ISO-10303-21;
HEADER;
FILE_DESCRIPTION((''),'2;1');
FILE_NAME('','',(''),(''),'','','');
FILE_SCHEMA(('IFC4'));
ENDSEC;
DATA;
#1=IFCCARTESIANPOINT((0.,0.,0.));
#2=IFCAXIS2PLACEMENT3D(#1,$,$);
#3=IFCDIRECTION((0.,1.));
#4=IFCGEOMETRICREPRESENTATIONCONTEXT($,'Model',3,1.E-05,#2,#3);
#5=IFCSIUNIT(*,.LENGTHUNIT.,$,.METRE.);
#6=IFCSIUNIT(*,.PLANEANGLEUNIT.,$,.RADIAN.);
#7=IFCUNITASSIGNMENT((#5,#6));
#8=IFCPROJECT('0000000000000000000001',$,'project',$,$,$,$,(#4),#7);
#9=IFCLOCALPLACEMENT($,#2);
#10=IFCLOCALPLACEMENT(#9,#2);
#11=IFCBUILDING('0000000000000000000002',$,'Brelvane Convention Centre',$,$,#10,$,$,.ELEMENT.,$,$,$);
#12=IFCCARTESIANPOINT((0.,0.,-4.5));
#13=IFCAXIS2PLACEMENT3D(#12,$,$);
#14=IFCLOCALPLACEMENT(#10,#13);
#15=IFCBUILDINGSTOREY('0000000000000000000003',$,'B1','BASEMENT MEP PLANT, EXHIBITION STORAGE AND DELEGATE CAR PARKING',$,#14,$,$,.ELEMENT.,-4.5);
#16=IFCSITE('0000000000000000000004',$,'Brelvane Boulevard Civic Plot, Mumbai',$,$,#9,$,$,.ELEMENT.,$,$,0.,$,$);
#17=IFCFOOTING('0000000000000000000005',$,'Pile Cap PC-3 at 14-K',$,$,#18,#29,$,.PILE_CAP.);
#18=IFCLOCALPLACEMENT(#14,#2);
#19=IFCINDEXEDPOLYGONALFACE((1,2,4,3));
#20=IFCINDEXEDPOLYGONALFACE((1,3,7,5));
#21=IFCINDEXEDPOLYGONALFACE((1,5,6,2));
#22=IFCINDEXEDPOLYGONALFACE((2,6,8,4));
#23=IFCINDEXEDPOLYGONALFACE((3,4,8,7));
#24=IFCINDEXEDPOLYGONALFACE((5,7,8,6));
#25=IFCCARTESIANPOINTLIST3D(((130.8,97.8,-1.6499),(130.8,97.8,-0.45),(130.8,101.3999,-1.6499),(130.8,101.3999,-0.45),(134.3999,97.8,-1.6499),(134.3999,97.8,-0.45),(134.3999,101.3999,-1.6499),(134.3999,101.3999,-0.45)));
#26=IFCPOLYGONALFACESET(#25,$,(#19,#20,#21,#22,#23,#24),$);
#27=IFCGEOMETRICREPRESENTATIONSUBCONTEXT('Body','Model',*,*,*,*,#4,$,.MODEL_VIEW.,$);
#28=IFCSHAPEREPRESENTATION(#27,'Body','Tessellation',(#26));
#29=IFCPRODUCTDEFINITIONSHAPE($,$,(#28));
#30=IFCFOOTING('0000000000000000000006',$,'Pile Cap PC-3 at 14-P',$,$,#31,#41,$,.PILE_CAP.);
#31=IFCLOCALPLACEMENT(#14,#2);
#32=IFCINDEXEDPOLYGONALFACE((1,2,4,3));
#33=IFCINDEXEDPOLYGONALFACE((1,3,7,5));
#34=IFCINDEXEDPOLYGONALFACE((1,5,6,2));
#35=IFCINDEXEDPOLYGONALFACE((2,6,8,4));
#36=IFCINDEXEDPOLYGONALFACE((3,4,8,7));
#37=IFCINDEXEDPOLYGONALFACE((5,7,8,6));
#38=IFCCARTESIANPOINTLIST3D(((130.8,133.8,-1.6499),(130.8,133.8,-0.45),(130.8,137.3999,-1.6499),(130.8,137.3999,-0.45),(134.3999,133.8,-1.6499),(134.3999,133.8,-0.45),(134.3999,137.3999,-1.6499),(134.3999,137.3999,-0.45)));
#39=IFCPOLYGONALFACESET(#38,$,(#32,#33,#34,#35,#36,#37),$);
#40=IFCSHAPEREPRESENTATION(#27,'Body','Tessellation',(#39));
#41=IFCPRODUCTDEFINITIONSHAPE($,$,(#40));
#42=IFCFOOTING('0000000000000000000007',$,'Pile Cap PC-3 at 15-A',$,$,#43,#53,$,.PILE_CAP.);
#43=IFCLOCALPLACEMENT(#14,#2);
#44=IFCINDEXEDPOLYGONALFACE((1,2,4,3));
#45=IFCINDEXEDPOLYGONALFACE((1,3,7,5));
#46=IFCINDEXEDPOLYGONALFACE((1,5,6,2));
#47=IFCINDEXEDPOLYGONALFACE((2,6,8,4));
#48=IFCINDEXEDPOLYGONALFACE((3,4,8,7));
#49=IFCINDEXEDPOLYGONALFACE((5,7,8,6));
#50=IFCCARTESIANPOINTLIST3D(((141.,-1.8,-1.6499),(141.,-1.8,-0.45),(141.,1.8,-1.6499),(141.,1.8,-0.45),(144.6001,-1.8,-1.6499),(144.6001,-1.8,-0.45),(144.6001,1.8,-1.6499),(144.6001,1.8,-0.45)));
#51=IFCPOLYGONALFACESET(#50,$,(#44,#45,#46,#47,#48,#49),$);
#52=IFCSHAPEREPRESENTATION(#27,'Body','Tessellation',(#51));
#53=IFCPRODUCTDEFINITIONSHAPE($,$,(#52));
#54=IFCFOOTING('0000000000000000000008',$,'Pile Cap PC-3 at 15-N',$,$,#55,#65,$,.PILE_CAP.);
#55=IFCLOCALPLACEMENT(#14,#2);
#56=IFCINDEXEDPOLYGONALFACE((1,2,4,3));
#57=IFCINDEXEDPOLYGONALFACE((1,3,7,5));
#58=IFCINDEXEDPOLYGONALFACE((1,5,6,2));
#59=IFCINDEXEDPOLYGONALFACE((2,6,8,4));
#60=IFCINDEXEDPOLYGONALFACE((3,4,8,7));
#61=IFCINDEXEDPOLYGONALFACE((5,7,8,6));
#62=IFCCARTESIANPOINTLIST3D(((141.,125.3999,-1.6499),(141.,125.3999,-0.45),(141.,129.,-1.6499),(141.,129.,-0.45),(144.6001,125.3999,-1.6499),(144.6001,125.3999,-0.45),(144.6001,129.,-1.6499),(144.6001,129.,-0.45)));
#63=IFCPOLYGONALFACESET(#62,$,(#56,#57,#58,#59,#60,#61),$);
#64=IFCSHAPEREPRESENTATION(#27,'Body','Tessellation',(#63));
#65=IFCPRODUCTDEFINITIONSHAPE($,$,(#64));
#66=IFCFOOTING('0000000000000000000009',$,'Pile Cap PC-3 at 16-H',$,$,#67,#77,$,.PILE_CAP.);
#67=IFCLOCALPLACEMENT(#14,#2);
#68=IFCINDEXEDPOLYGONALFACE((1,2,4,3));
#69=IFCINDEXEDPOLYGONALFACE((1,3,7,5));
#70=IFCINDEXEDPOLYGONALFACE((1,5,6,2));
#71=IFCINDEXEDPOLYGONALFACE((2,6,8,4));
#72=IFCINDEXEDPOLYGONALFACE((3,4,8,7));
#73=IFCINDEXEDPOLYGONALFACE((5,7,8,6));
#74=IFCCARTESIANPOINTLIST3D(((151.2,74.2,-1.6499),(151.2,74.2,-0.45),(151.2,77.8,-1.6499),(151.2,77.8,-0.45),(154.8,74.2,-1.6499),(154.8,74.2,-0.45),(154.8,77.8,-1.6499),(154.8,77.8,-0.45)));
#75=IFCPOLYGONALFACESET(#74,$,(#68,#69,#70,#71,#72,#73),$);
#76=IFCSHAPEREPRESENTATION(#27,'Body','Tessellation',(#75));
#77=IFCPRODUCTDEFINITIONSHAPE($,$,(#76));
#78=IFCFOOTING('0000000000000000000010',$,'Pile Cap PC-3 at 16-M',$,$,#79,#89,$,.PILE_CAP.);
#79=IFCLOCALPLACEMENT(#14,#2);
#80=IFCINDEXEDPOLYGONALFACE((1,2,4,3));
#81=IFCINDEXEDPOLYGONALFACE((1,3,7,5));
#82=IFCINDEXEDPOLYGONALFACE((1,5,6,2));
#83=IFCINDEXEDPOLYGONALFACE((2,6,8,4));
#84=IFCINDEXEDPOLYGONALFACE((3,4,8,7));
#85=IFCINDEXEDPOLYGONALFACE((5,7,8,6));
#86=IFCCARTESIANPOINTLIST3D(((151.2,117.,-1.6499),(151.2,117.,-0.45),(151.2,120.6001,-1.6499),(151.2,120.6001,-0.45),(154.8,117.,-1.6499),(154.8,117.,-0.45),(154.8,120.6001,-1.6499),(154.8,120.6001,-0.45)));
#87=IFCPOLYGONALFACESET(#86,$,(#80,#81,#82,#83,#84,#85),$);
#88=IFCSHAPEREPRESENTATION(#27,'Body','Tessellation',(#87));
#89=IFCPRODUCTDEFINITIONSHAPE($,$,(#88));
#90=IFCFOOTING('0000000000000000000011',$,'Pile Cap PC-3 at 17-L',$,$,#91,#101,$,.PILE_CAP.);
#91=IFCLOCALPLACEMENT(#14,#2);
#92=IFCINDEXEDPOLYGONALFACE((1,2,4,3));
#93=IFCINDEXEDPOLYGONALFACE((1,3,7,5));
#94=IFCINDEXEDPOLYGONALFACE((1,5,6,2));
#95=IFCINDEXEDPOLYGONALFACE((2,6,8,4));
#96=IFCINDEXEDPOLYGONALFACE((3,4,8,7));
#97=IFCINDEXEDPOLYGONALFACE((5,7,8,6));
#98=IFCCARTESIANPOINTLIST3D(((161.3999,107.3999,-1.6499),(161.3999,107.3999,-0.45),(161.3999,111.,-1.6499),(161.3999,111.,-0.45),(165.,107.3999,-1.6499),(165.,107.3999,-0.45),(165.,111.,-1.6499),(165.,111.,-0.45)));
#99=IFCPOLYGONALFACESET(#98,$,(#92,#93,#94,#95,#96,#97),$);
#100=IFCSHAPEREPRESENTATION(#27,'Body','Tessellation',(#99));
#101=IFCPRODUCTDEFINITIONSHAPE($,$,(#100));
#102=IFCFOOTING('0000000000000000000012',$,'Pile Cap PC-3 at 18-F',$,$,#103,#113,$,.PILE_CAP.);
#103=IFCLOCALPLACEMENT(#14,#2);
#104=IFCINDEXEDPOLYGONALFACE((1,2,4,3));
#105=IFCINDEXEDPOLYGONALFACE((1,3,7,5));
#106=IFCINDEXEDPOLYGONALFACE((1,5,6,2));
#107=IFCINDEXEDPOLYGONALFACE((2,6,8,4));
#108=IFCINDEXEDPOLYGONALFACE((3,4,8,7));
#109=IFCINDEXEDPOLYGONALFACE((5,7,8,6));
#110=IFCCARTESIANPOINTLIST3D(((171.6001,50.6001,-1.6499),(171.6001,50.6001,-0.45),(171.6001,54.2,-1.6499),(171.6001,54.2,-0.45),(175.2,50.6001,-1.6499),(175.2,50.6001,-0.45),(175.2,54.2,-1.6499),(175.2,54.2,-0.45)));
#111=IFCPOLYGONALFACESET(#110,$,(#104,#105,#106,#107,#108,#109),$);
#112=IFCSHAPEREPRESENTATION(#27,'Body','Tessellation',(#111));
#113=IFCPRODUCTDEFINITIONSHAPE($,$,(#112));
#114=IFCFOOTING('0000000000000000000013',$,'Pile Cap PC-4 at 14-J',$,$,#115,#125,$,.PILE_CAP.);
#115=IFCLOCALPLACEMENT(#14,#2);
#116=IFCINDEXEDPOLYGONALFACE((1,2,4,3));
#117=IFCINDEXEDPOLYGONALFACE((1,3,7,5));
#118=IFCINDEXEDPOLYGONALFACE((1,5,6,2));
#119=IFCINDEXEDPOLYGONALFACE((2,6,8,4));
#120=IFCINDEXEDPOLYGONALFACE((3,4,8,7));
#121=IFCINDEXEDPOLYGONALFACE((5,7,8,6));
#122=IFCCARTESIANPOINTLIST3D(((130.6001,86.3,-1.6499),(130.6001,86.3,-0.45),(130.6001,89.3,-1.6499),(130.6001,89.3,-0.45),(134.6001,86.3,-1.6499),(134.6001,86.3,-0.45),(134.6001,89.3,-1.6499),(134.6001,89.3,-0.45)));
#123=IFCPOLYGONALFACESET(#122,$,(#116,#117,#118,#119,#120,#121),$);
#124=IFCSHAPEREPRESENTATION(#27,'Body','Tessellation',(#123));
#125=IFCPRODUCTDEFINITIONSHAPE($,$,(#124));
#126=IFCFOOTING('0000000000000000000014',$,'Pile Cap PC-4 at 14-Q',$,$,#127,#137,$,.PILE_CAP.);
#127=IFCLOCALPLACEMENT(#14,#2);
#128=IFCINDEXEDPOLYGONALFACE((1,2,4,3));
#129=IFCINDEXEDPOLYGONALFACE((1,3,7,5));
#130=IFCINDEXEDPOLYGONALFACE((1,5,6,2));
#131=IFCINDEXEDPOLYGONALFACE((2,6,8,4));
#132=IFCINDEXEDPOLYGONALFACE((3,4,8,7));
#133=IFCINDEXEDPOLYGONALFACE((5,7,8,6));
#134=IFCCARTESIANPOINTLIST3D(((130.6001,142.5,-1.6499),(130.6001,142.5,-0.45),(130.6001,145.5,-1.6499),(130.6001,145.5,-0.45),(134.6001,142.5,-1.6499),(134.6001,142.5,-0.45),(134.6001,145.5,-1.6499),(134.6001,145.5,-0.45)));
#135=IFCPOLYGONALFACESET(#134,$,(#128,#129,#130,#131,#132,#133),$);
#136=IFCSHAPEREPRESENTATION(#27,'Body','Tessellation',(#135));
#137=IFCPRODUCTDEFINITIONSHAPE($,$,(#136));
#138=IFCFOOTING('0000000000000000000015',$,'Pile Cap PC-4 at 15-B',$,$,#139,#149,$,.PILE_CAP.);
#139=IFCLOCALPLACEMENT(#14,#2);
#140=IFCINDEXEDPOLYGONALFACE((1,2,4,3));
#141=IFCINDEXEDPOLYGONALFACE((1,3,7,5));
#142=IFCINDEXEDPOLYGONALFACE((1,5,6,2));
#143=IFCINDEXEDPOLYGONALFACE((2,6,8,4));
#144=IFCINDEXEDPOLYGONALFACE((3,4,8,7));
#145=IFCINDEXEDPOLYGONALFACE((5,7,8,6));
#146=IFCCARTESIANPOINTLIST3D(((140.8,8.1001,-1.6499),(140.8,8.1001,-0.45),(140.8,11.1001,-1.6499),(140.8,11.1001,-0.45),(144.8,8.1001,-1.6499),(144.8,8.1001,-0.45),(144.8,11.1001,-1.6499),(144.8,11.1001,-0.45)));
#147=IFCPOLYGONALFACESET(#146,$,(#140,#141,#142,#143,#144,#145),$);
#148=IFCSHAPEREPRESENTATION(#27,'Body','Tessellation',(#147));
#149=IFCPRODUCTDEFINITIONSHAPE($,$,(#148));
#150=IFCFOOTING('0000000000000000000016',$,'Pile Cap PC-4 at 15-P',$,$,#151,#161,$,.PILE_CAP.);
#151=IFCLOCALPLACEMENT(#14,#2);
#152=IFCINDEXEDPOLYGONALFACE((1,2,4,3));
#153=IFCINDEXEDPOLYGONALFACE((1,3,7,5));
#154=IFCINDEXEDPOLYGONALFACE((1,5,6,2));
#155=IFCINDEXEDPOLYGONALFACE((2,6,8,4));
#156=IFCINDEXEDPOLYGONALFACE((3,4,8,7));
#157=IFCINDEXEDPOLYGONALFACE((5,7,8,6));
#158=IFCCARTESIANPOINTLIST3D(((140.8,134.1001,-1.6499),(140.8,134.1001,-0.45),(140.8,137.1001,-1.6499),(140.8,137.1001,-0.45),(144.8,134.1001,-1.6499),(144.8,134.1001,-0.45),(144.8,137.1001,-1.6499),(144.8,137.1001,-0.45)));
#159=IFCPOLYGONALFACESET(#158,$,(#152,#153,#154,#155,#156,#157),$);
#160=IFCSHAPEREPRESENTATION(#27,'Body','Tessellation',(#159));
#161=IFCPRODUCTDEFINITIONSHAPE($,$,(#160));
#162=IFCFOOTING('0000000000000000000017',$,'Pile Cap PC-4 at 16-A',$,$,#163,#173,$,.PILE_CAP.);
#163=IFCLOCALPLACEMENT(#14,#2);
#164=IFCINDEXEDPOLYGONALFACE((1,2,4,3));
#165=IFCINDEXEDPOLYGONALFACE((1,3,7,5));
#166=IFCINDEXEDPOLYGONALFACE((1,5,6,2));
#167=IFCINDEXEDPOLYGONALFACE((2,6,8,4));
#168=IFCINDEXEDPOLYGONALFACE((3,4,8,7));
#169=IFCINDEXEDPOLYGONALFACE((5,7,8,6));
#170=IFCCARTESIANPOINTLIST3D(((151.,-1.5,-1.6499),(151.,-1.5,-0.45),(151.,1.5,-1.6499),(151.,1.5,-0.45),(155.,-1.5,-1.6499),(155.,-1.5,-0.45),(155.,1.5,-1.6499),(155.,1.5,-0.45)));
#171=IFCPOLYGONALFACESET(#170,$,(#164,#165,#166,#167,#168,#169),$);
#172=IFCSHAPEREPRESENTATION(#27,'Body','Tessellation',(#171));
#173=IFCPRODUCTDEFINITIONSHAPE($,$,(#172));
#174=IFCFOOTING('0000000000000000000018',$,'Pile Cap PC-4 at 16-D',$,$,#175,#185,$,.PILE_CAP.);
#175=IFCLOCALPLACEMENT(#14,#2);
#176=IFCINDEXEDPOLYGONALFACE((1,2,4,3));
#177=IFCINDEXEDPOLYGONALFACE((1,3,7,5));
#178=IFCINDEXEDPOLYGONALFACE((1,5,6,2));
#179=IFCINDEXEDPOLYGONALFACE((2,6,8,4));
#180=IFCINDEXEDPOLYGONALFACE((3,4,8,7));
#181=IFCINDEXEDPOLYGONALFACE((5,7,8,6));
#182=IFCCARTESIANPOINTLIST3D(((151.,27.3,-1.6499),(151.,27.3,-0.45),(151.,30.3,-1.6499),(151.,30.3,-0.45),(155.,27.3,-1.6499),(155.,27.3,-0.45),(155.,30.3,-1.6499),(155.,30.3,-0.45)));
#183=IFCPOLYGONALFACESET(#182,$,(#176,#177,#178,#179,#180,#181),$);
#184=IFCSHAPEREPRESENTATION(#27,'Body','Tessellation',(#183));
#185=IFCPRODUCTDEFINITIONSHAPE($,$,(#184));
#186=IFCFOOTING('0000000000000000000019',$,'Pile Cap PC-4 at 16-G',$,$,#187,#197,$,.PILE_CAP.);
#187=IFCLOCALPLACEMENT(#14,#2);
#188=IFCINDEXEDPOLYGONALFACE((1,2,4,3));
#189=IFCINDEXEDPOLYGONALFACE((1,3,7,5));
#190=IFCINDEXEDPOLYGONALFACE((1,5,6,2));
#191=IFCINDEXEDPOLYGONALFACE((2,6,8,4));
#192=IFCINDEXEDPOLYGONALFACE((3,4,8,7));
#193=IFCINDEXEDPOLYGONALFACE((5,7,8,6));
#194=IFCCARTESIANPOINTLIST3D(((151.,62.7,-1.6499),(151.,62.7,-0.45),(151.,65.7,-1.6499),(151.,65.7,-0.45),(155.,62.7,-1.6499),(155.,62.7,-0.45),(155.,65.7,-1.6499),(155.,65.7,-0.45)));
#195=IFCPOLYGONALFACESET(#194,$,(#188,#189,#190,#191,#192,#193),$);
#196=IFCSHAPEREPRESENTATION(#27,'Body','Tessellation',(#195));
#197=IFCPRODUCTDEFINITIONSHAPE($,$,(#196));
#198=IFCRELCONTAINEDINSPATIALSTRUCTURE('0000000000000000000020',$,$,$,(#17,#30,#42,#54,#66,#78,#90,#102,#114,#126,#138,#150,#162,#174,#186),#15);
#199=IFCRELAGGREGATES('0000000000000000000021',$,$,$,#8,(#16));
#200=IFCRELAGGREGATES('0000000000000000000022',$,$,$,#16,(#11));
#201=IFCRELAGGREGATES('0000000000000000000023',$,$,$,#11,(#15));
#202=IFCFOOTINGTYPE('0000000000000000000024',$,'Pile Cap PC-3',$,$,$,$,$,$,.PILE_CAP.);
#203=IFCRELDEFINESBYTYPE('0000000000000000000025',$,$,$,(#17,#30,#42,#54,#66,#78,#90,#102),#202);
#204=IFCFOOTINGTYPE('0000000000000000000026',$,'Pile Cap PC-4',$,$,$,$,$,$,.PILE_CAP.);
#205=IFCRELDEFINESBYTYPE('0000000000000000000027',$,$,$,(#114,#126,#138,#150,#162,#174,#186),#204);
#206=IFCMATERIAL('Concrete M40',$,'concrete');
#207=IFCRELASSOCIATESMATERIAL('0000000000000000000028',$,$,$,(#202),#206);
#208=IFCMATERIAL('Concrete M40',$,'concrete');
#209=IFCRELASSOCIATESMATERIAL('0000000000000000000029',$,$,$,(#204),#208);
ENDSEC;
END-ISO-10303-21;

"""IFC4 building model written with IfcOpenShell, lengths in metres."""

from ifc_helpers import new_model, si_unit, direction, frame, origin, place, context, subcontext, project, spatial, polyline, outline, extrude, material, type_object, element, save


model = new_model("IFC4")

# Units and contexts
model_context = context("Model", 3, precision=1e-05, world=origin(), true_north=direction((0.0, 1.0)))
body_context = subcontext(model_context, "Body", "Model", "MODEL_VIEW")
ifc_project = project(units=[si_unit("LENGTHUNIT", "METRE"), si_unit("PLANEANGLEUNIT", "RADIAN")], contexts=[model_context])

# Site, building, storey
site_placement = place(None, origin())
site = spatial("IfcSite", under=ifc_project, at=site_placement, Name="Brelvane Boulevard Civic Plot, Mumbai", CompositionType="ELEMENT", RefElevation=0.0)
building_placement = place(site_placement, origin())
building = spatial("IfcBuilding", under=site, at=building_placement, Name="Brelvane Convention Centre", CompositionType="ELEMENT")
storey_placement = place(building_placement, frame((0.0, 0.0, -4.5)))
storey = spatial("IfcBuildingStorey", under=building, at=storey_placement, Name="B1", Description="BASEMENT MEP PLANT, EXHIBITION STORAGE AND DELEGATE CAR PARKING", CompositionType="ELEMENT", Elevation=-4.5)

# Footings
ifc_material_1 = material(Name="Concrete M40", Category="concrete")
footing_type_1 = type_object("IfcFootingType", Name="Pile Cap PC-3", PredefinedType="PILE_CAP", material=ifc_material_1)
footing_1_placement = place(storey_placement, frame((0.0, 0.0, -1.6499)))
element("IfcFooting", 1, at=footing_1_placement, inside=storey, type_object=footing_type_1, Name="Pile Cap PC-3 at 14-K", PredefinedType="PILE_CAP", context=body_context, shape_type="SweptSolid", body=[
    extrude(outline(polyline([(130.8, 97.8), (134.3999, 97.8), (134.3999, 101.3999), (130.8, 101.3999), (130.8, 97.8)])), origin(), (0.0, 0.0, 1.0), 1.2),
])
footing_2_placement = place(storey_placement, frame((0.0, 0.0, -1.6499)))
element("IfcFooting", 2, at=footing_2_placement, inside=storey, type_object=footing_type_1, Name="Pile Cap PC-3 at 14-P", PredefinedType="PILE_CAP", context=body_context, shape_type="SweptSolid", body=[
    extrude(outline(polyline([(130.8, 133.8), (134.3999, 133.8), (134.3999, 137.3999), (130.8, 137.3999), (130.8, 133.8)])), origin(), (0.0, 0.0, 1.0), 1.2),
])
footing_3_placement = place(storey_placement, frame((0.0, 0.0, -1.6499)))
element("IfcFooting", 3, at=footing_3_placement, inside=storey, type_object=footing_type_1, Name="Pile Cap PC-3 at 15-A", PredefinedType="PILE_CAP", context=body_context, shape_type="SweptSolid", body=[
    extrude(outline(polyline([(141.0, -1.8), (144.6001, -1.8), (144.6001, 1.8), (141.0, 1.8), (141.0, -1.8)])), origin(), (0.0, 0.0, 1.0), 1.2),
])
footing_4_placement = place(storey_placement, frame((0.0, 0.0, -1.6499)))
element("IfcFooting", 4, at=footing_4_placement, inside=storey, type_object=footing_type_1, Name="Pile Cap PC-3 at 15-N", PredefinedType="PILE_CAP", context=body_context, shape_type="SweptSolid", body=[
    extrude(outline(polyline([(141.0, 125.3999), (144.6001, 125.3999), (144.6001, 129.0), (141.0, 129.0), (141.0, 125.3999)])), origin(), (0.0, 0.0, 1.0), 1.2),
])
footing_5_placement = place(storey_placement, frame((0.0, 0.0, -1.6499)))
element("IfcFooting", 5, at=footing_5_placement, inside=storey, type_object=footing_type_1, Name="Pile Cap PC-3 at 16-H", PredefinedType="PILE_CAP", context=body_context, shape_type="SweptSolid", body=[
    extrude(outline(polyline([(151.2, 74.2), (154.8, 74.2), (154.8, 77.8), (151.2, 77.8), (151.2, 74.2)])), origin(), (0.0, 0.0, 1.0), 1.2),
])
footing_6_placement = place(storey_placement, frame((0.0, 0.0, -1.6499)))
element("IfcFooting", 6, at=footing_6_placement, inside=storey, type_object=footing_type_1, Name="Pile Cap PC-3 at 16-M", PredefinedType="PILE_CAP", context=body_context, shape_type="SweptSolid", body=[
    extrude(outline(polyline([(151.2, 117.0), (154.8, 117.0), (154.8, 120.6001), (151.2, 120.6001), (151.2, 117.0)])), origin(), (0.0, 0.0, 1.0), 1.2),
])
footing_7_placement = place(storey_placement, frame((0.0, 0.0, -1.6499)))
element("IfcFooting", 7, at=footing_7_placement, inside=storey, type_object=footing_type_1, Name="Pile Cap PC-3 at 17-L", PredefinedType="PILE_CAP", context=body_context, shape_type="SweptSolid", body=[
    extrude(outline(polyline([(161.3999, 107.3999), (165.0, 107.3999), (165.0, 111.0), (161.3999, 111.0), (161.3999, 107.3999)])), origin(), (0.0, 0.0, 1.0), 1.2),
])
footing_8_placement = place(storey_placement, frame((0.0, 0.0, -1.6499)))
element("IfcFooting", 8, at=footing_8_placement, inside=storey, type_object=footing_type_1, Name="Pile Cap PC-3 at 18-F", PredefinedType="PILE_CAP", context=body_context, shape_type="SweptSolid", body=[
    extrude(outline(polyline([(171.6001, 50.6001), (175.2, 50.6001), (175.2, 54.2), (171.6001, 54.2), (171.6001, 50.6001)])), origin(), (0.0, 0.0, 1.0), 1.2),
])
ifc_material_2 = material(Name="Concrete M40", Category="concrete")
footing_type_2 = type_object("IfcFootingType", Name="Pile Cap PC-4", PredefinedType="PILE_CAP", material=ifc_material_2)
footing_9_placement = place(storey_placement, frame((0.0, 0.0, -1.6499)))
element("IfcFooting", 9, at=footing_9_placement, inside=storey, type_object=footing_type_2, Name="Pile Cap PC-4 at 14-J", PredefinedType="PILE_CAP", context=body_context, shape_type="SweptSolid", body=[
    extrude(outline(polyline([(130.6001, 86.3), (134.6001, 86.3), (134.6001, 89.3), (130.6001, 89.3), (130.6001, 86.3)])), origin(), (0.0, 0.0, 1.0), 1.2),
])
footing_10_placement = place(storey_placement, frame((0.0, 0.0, -1.6499)))
element("IfcFooting", 10, at=footing_10_placement, inside=storey, type_object=footing_type_2, Name="Pile Cap PC-4 at 14-Q", PredefinedType="PILE_CAP", context=body_context, shape_type="SweptSolid", body=[
    extrude(outline(polyline([(130.6001, 142.5), (134.6001, 142.5), (134.6001, 145.5), (130.6001, 145.5), (130.6001, 142.5)])), origin(), (0.0, 0.0, 1.0), 1.2),
])
footing_11_placement = place(storey_placement, frame((0.0, 0.0, -1.6499)))
element("IfcFooting", 11, at=footing_11_placement, inside=storey, type_object=footing_type_2, Name="Pile Cap PC-4 at 15-B", PredefinedType="PILE_CAP", context=body_context, shape_type="SweptSolid", body=[
    extrude(outline(polyline([(140.8, 8.1001), (144.8, 8.1001), (144.8, 11.1001), (140.8, 11.1001), (140.8, 8.1001)])), origin(), (0.0, 0.0, 1.0), 1.2),
])
footing_12_placement = place(storey_placement, frame((0.0, 0.0, -1.6499)))
element("IfcFooting", 12, at=footing_12_placement, inside=storey, type_object=footing_type_2, Name="Pile Cap PC-4 at 15-P", PredefinedType="PILE_CAP", context=body_context, shape_type="SweptSolid", body=[
    extrude(outline(polyline([(140.8, 134.1001), (144.8, 134.1001), (144.8, 137.1001), (140.8, 137.1001), (140.8, 134.1001)])), origin(), (0.0, 0.0, 1.0), 1.2),
])
footing_13_placement = place(storey_placement, frame((0.0, 0.0, -1.6499)))
element("IfcFooting", 13, at=footing_13_placement, inside=storey, type_object=footing_type_2, Name="Pile Cap PC-4 at 16-A", PredefinedType="PILE_CAP", context=body_context, shape_type="SweptSolid", body=[
    extrude(outline(polyline([(151.0, -1.5), (155.0, -1.5), (155.0, 1.5), (151.0, 1.5), (151.0, -1.5)])), origin(), (0.0, 0.0, 1.0), 1.2),
])
footing_14_placement = place(storey_placement, frame((0.0, 0.0, -1.6499)))
element("IfcFooting", 14, at=footing_14_placement, inside=storey, type_object=footing_type_2, Name="Pile Cap PC-4 at 16-D", PredefinedType="PILE_CAP", context=body_context, shape_type="SweptSolid", body=[
    extrude(outline(polyline([(151.0, 27.3), (155.0, 27.3), (155.0, 30.3), (151.0, 30.3), (151.0, 27.3)])), origin(), (0.0, 0.0, 1.0), 1.2),
])
footing_15_placement = place(storey_placement, frame((0.0, 0.0, -1.6499)))
element("IfcFooting", 15, at=footing_15_placement, inside=storey, type_object=footing_type_2, Name="Pile Cap PC-4 at 16-G", PredefinedType="PILE_CAP", context=body_context, shape_type="SweptSolid", body=[
    extrude(outline(polyline([(151.0, 62.7), (155.0, 62.7), (155.0, 65.7), (151.0, 65.7), (151.0, 62.7)])), origin(), (0.0, 0.0, 1.0), 1.2),
])

save(model, "model.ifc")
